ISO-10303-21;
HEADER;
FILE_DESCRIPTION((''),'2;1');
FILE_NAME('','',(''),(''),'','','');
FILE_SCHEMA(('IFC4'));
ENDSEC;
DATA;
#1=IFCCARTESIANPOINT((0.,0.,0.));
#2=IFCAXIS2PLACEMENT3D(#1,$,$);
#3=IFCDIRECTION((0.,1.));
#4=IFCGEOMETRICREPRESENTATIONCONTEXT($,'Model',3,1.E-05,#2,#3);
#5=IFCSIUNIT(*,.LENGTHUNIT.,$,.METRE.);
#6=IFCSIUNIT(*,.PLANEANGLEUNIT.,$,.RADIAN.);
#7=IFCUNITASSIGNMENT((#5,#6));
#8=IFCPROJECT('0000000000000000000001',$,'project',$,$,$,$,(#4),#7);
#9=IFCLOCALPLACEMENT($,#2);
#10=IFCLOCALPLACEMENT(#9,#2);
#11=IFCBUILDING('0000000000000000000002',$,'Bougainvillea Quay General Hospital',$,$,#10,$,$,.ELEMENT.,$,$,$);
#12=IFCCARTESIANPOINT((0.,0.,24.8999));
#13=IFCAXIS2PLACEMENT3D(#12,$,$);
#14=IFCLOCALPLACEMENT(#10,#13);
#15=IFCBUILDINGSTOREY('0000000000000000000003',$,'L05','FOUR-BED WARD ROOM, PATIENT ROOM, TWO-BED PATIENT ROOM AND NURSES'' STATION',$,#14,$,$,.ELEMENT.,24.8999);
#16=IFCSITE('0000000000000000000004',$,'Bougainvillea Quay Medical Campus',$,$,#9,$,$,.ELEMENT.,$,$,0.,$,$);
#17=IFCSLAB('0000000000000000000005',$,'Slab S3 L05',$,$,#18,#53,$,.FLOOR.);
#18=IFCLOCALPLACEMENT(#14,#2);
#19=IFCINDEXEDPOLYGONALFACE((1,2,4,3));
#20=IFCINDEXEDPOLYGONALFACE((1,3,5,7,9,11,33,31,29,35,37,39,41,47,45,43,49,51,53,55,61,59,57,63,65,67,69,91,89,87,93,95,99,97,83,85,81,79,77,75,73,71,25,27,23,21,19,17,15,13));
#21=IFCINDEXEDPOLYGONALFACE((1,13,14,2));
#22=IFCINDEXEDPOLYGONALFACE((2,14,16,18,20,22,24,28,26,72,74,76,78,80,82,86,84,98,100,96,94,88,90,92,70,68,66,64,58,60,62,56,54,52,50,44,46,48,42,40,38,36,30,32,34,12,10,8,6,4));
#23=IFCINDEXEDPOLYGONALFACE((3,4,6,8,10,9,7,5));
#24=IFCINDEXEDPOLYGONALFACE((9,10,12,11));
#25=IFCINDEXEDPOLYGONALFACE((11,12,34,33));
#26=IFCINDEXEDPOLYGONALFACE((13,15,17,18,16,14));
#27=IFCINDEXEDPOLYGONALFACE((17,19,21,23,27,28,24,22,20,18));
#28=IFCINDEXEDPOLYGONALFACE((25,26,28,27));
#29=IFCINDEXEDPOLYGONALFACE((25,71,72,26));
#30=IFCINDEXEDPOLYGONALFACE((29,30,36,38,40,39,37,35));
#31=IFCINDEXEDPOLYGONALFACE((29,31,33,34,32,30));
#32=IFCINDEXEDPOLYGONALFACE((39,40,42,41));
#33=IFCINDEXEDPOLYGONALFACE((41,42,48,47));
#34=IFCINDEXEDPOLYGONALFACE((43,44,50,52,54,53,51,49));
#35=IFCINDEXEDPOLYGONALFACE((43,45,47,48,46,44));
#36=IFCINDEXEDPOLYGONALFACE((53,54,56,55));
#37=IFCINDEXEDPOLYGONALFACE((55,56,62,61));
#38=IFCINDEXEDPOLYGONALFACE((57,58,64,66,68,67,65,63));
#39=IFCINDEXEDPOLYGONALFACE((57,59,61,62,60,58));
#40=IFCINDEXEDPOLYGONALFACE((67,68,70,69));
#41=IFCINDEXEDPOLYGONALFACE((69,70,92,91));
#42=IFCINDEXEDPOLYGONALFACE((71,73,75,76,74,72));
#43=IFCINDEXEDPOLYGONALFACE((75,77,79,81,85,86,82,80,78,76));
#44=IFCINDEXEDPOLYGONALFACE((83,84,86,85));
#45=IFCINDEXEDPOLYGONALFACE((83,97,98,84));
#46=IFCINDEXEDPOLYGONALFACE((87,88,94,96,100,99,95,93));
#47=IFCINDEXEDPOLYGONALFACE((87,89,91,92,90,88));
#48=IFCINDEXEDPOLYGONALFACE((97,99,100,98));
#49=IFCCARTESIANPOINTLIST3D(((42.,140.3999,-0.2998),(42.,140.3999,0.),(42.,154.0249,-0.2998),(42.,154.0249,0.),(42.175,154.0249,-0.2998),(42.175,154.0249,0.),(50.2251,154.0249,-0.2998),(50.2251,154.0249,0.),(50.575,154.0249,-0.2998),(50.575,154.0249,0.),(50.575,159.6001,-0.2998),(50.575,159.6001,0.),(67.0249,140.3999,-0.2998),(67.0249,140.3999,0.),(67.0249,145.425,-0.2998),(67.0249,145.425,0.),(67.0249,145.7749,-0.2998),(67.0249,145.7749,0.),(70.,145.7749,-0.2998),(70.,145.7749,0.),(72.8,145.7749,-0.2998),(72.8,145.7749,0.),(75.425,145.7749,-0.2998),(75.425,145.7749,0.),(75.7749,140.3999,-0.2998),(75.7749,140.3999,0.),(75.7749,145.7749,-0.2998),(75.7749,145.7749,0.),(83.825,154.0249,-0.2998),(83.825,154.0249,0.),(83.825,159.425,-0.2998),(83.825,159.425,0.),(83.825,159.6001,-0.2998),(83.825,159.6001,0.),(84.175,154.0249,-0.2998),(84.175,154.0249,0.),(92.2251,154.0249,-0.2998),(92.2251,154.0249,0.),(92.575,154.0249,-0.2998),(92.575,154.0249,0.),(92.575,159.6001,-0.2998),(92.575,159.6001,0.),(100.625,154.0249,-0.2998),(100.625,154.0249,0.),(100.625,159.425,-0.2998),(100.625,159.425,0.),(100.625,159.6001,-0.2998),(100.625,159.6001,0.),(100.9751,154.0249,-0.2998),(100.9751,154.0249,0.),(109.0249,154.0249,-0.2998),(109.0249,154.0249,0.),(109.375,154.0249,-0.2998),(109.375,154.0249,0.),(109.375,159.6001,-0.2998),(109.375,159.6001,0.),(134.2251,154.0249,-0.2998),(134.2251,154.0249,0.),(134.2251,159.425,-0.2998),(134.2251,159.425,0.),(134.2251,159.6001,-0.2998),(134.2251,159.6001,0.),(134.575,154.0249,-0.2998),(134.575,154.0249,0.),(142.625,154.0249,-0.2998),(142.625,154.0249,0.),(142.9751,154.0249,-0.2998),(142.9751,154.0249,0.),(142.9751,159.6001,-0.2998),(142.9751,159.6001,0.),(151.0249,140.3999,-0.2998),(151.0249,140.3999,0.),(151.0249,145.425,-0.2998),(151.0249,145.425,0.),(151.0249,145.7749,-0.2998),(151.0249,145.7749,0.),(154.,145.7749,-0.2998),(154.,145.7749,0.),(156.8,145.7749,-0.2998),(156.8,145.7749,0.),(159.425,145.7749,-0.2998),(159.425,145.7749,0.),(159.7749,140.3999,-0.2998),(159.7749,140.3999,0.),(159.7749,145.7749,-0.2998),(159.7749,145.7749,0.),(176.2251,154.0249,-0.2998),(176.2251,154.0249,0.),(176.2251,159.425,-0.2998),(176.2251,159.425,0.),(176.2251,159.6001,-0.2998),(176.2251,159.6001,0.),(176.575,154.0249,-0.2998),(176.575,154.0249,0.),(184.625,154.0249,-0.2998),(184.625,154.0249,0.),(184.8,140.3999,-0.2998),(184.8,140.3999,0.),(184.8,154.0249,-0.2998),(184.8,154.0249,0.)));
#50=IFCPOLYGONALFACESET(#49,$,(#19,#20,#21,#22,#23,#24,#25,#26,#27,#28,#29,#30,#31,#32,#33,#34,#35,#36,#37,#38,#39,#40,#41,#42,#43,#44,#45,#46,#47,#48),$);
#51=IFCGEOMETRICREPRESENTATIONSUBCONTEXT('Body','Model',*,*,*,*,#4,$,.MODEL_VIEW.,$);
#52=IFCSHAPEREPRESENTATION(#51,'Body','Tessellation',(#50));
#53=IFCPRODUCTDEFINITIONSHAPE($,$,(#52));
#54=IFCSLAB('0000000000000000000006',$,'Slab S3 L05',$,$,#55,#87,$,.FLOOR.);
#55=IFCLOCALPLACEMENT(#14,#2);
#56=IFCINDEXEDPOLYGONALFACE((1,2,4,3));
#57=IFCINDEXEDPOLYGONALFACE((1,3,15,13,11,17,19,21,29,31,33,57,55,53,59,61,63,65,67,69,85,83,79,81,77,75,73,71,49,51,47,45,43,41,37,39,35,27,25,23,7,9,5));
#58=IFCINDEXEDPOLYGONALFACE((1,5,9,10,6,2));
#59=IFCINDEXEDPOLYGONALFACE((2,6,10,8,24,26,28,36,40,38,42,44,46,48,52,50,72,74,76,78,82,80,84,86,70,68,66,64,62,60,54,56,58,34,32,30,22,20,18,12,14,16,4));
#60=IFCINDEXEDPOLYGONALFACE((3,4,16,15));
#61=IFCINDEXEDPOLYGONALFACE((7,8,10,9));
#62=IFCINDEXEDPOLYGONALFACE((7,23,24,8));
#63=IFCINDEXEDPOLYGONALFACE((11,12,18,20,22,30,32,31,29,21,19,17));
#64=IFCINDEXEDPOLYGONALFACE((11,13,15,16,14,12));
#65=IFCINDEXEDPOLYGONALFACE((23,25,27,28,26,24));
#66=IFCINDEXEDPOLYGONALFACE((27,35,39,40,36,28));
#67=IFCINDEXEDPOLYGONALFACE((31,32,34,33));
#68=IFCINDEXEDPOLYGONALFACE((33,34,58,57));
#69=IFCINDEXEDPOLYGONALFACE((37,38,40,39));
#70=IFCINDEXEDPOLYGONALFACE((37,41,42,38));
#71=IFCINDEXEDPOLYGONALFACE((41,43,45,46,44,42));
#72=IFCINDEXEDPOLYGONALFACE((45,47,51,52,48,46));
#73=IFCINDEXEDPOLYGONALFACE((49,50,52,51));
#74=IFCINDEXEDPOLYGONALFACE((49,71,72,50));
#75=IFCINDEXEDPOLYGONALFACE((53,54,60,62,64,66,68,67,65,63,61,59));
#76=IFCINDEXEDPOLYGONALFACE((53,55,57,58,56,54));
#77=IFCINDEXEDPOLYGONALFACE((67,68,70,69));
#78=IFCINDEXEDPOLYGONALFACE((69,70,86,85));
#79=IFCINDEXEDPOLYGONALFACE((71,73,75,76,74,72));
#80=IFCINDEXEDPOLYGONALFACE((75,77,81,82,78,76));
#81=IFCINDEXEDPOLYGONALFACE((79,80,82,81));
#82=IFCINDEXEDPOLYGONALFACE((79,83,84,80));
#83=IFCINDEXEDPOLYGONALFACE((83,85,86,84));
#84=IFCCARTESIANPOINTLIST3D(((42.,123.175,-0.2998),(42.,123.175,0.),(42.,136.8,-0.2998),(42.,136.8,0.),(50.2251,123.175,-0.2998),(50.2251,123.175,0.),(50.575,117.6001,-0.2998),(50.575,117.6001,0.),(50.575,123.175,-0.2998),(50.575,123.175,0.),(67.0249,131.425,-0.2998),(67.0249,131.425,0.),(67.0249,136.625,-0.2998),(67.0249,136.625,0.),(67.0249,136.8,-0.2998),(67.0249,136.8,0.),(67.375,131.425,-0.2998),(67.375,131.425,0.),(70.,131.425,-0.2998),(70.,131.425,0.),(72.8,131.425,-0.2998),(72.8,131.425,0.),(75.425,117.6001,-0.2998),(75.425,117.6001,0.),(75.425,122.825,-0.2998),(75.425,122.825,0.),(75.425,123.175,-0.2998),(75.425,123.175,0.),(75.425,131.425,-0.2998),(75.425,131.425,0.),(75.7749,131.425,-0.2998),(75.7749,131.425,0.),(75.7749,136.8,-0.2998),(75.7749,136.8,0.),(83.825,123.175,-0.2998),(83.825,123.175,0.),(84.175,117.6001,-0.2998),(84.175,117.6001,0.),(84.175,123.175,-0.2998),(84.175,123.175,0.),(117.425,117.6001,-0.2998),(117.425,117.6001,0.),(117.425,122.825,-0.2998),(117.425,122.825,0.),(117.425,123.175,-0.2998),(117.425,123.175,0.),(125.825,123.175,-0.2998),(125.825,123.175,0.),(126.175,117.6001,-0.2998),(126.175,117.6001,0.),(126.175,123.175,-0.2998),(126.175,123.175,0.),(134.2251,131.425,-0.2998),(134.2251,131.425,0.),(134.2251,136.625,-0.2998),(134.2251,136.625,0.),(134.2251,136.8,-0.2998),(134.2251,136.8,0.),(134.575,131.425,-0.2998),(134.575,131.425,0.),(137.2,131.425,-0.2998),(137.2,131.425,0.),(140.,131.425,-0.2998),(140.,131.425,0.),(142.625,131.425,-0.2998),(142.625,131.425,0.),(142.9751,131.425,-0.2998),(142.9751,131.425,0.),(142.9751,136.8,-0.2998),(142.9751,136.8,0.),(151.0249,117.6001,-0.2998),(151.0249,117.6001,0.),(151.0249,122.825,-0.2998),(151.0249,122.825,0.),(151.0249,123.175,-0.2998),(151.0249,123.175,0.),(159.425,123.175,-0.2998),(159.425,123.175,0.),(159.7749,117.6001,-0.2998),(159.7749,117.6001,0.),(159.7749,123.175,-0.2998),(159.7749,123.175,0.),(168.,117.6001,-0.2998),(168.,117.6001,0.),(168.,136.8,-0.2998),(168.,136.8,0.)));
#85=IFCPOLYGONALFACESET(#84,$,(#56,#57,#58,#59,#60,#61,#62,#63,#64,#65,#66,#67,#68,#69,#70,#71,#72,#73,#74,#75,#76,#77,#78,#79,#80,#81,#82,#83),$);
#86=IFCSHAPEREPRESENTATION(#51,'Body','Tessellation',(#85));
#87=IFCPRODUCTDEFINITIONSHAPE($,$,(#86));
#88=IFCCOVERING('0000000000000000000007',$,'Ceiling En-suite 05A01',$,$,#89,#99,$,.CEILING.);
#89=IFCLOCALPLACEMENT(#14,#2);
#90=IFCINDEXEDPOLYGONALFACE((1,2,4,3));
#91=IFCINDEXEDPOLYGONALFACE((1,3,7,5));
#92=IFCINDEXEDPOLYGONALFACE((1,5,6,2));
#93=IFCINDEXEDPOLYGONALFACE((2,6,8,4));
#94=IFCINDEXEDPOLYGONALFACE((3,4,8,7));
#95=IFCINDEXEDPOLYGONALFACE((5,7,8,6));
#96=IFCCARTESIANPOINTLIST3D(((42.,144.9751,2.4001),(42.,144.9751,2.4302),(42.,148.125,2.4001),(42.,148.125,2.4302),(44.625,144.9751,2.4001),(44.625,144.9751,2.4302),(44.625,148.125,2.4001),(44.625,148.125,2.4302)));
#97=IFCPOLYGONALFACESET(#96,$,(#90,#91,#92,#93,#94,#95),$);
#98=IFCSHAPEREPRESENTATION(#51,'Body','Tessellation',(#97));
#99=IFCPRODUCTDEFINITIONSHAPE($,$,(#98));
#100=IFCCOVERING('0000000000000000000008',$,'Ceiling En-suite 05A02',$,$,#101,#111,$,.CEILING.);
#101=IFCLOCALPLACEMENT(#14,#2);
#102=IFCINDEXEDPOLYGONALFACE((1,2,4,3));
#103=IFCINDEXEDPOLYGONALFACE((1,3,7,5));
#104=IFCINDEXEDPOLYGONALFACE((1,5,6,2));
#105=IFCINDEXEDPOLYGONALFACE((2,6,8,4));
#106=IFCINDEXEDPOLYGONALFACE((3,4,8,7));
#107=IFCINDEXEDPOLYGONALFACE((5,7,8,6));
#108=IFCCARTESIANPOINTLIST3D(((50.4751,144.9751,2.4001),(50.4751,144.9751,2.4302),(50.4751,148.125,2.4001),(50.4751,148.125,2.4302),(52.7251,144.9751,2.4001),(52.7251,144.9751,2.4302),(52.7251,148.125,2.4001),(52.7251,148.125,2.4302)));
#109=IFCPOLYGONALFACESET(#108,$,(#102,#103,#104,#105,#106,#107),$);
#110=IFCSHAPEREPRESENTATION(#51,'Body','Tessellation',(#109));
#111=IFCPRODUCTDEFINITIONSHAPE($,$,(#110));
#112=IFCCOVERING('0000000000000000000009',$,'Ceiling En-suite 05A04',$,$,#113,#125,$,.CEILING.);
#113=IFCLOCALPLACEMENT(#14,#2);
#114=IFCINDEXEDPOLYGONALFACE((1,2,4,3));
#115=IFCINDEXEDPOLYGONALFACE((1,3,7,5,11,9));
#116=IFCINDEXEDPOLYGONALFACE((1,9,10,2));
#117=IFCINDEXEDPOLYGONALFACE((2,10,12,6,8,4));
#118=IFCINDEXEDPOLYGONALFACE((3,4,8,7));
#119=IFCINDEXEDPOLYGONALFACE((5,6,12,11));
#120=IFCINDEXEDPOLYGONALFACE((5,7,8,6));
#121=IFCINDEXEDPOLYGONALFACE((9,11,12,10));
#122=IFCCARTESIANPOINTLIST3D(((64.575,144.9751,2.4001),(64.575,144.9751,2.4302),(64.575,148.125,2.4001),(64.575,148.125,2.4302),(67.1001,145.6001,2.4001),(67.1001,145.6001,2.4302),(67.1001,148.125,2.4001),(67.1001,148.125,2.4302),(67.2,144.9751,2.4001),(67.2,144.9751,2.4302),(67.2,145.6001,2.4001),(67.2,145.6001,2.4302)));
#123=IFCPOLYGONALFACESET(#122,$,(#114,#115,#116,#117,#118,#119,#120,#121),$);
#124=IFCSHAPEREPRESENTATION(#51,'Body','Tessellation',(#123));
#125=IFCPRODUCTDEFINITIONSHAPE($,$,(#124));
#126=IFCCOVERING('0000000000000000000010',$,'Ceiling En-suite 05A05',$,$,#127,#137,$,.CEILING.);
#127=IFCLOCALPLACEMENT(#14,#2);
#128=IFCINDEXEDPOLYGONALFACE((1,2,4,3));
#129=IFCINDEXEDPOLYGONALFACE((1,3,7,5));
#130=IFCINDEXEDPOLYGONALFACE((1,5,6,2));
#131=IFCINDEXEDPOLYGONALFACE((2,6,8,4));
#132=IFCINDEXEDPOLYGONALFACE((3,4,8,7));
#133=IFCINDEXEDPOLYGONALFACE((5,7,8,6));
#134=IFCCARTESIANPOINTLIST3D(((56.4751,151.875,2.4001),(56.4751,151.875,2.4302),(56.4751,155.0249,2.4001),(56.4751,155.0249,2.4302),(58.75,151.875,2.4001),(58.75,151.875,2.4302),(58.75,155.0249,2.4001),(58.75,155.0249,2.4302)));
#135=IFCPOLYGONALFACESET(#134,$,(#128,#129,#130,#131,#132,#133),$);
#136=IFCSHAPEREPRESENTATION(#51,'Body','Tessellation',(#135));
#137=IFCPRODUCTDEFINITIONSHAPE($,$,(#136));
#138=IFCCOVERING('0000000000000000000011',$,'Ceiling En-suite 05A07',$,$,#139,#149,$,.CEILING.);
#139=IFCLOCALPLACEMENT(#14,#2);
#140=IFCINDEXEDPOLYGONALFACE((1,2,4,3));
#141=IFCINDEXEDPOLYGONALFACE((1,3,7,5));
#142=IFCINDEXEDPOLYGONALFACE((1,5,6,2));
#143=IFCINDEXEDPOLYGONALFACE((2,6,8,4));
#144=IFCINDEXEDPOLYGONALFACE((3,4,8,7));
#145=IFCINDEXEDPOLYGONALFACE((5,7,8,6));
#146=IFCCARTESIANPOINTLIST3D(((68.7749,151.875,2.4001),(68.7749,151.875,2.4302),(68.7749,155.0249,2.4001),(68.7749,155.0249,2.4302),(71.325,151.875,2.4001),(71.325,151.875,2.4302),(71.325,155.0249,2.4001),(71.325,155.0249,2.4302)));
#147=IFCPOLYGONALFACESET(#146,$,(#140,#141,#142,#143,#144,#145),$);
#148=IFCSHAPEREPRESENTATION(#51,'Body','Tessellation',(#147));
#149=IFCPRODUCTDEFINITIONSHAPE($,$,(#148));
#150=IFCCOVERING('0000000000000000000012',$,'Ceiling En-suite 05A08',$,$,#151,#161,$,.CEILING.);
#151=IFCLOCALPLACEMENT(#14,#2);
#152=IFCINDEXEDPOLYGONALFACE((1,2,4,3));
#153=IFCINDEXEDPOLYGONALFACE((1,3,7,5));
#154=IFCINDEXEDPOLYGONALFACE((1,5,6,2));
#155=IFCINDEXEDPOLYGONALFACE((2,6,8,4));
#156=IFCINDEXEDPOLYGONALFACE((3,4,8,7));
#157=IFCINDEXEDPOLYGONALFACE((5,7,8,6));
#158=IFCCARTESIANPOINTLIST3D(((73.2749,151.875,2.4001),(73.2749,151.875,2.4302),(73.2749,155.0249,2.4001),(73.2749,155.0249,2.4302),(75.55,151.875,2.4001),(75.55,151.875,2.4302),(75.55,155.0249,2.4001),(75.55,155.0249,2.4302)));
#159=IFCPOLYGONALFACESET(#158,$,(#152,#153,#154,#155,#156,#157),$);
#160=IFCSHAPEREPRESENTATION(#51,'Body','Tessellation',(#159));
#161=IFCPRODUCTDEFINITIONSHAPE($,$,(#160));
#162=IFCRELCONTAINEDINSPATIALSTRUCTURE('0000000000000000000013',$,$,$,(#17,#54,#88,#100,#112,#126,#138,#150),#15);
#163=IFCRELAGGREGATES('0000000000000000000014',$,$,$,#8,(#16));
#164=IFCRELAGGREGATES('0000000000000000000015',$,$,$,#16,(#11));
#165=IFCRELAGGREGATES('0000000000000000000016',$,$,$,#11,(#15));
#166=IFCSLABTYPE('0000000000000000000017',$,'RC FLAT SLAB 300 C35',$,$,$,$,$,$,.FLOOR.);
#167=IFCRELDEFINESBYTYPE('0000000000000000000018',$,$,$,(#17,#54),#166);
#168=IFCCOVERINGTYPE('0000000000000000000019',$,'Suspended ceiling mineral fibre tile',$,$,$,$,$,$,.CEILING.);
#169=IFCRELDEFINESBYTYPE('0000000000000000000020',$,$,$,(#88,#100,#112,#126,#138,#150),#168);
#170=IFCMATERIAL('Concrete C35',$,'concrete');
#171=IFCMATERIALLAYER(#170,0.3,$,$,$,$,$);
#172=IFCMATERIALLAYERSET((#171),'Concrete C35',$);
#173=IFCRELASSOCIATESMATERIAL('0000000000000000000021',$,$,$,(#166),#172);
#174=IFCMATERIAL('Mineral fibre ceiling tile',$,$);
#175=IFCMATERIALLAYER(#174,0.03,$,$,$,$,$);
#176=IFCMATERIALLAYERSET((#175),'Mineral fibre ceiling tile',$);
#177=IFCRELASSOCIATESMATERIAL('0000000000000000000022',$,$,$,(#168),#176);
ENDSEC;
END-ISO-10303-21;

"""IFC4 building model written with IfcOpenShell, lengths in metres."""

from ifc_helpers import new_model, si_unit, direction, frame, origin, place, context, subcontext, project, spatial, polyline, outline, extrude, material, layer, layer_set, type_object, element, save


model = new_model("IFC4")

# Units and contexts
model_context = context("Model", 3, precision=1e-05, world=origin(), true_north=direction((0.0, 1.0)))
body_context = subcontext(model_context, "Body", "Model", "MODEL_VIEW")
ifc_project = project(units=[si_unit("LENGTHUNIT", "METRE"), si_unit("PLANEANGLEUNIT", "RADIAN")], contexts=[model_context])

# Site, building, storey
site_placement = place(None, origin())
site = spatial("IfcSite", under=ifc_project, at=site_placement, Name="Bougainvillea Quay Medical Campus", CompositionType="ELEMENT", RefElevation=0.0)
building_placement = place(site_placement, origin())
building = spatial("IfcBuilding", under=site, at=building_placement, Name="Bougainvillea Quay General Hospital", CompositionType="ELEMENT")
storey_placement = place(building_placement, frame((0.0, 0.0, 24.8999)))
storey = spatial("IfcBuildingStorey", under=building, at=storey_placement, Name="L05", Description="FOUR-BED WARD ROOM, PATIENT ROOM, TWO-BED PATIENT ROOM AND NURSES' STATION", CompositionType="ELEMENT", Elevation=24.8999)

# Slabs
ifc_material_1 = material(Name="Concrete C35", Category="concrete")
ifc_layer_1 = layer(ifc_material_1, 0.3)
ifc_layer_set_1 = layer_set([ifc_layer_1], Name="Concrete C35")
slab_type = type_object("IfcSlabType", Name="RC FLAT SLAB 300 C35", PredefinedType="FLOOR", material=ifc_layer_set_1)
slab_1_placement = place(storey_placement, frame((0.0, 0.0, -0.2998)))
element("IfcSlab", 1, at=slab_1_placement, inside=storey, type_object=slab_type, Name="Slab S3 L05", PredefinedType="FLOOR", context=body_context, shape_type="SweptSolid", body=[
    extrude(outline(polyline([(184.8, 140.3999), (184.8, 154.0249), (184.625, 154.0249), (176.575, 154.0249), (176.2251, 154.0249), (176.2251, 159.425), (176.2251, 159.6001), (142.9751, 159.6001), (142.9751, 154.0249), (142.625, 154.0249), (134.575, 154.0249), (134.2251, 154.0249), (134.2251, 159.425), (134.2251, 159.6001), (109.375, 159.6001), (109.375, 154.0249), (109.0249, 154.0249), (100.9751, 154.0249), (100.625, 154.0249), (100.625, 159.425), (100.625, 159.6001), (92.575, 159.6001), (92.575, 154.0249), (92.2251, 154.0249), (84.175, 154.0249), (83.825, 154.0249), (83.825, 159.425), (83.825, 159.6001), (50.575, 159.6001), (50.575, 154.0249), (50.2251, 154.0249), (42.175, 154.0249), (42.0, 154.0249), (42.0, 140.3999), (67.0249, 140.3999), (67.0249, 145.425), (67.0249, 145.7749), (70.0, 145.7749), (72.8, 145.7749), (75.425, 145.7749), (75.7749, 145.7749), (75.7749, 140.3999), (151.0249, 140.3999), (151.0249, 145.425), (151.0249, 145.7749), (154.0, 145.7749), (156.8, 145.7749), (159.425, 145.7749), (159.7749, 145.7749), (159.7749, 140.3999), (184.8, 140.3999)])), origin(), (0.0, 0.0, 1.0), 0.2998),
])
slab_2_placement = place(storey_placement, frame((0.0, 0.0, -0.2998)))
element("IfcSlab", 2, at=slab_2_placement, inside=storey, type_object=slab_type, Name="Slab S3 L05", PredefinedType="FLOOR", context=body_context, shape_type="SweptSolid", body=[
    extrude(outline(polyline([(67.0249, 136.8), (42.0, 136.8), (42.0, 123.175), (50.2251, 123.175), (50.575, 123.175), (50.575, 117.6001), (75.425, 117.6001), (75.425, 122.825), (75.425, 123.175), (83.825, 123.175), (84.175, 123.175), (84.175, 117.6001), (117.425, 117.6001), (117.425, 122.825), (117.425, 123.175), (125.825, 123.175), (126.175, 123.175), (126.175, 117.6001), (151.0249, 117.6001), (151.0249, 122.825), (151.0249, 123.175), (159.425, 123.175), (159.7749, 123.175), (159.7749, 117.6001), (168.0, 117.6001), (168.0, 136.8), (142.9751, 136.8), (142.9751, 131.425), (142.625, 131.425), (140.0, 131.425), (137.2, 131.425), (134.575, 131.425), (134.2251, 131.425), (134.2251, 136.625), (134.2251, 136.8), (75.7749, 136.8), (75.7749, 131.425), (75.425, 131.425), (72.8, 131.425), (70.0, 131.425), (67.375, 131.425), (67.0249, 131.425), (67.0249, 136.625), (67.0249, 136.8)])), origin(), (0.0, 0.0, 1.0), 0.2998),
])

# Coverings
ifc_material_2 = material(Name="Mineral fibre ceiling tile")
ifc_layer_2 = layer(ifc_material_2, 0.03)
ifc_layer_set_2 = layer_set([ifc_layer_2], Name="Mineral fibre ceiling tile")
covering_type = type_object("IfcCoveringType", Name="Suspended ceiling mineral fibre tile", PredefinedType="CEILING", material=ifc_layer_set_2)
covering_1_placement = place(storey_placement, frame((0.0, 0.0, 2.4001)))
element("IfcCovering", 3, at=covering_1_placement, inside=storey, type_object=covering_type, Name="Ceiling En-suite 05A01", PredefinedType="CEILING", context=body_context, shape_type="SweptSolid", body=[
    extrude(outline(polyline([(42.0, 144.9751), (44.625, 144.9751), (44.625, 148.125), (42.0, 148.125), (42.0, 144.9751)])), origin(), (0.0, 0.0, 1.0), 0.03),
])
covering_2_placement = place(storey_placement, frame((0.0, 0.0, 2.4001)))
element("IfcCovering", 4, at=covering_2_placement, inside=storey, type_object=covering_type, Name="Ceiling En-suite 05A02", PredefinedType="CEILING", context=body_context, shape_type="SweptSolid", body=[
    extrude(outline(polyline([(52.7251, 148.125), (50.4751, 148.125), (50.4751, 144.9751), (52.7251, 144.9751), (52.7251, 148.125)])), origin(), (0.0, 0.0, 1.0), 0.03),
])
covering_3_placement = place(storey_placement, frame((0.0, 0.0, 2.4001)))
element("IfcCovering", 5, at=covering_3_placement, inside=storey, type_object=covering_type, Name="Ceiling En-suite 05A04", PredefinedType="CEILING", context=body_context, shape_type="SweptSolid", body=[
    extrude(outline(polyline([(67.2, 145.6001), (67.1001, 145.6001), (67.1001, 148.125), (64.575, 148.125), (64.575, 144.9751), (67.2, 144.9751), (67.2, 145.6001)])), origin(), (0.0, 0.0, 1.0), 0.03),
])
covering_4_placement = place(storey_placement, frame((0.0, 0.0, 2.4001)))
element("IfcCovering", 6, at=covering_4_placement, inside=storey, type_object=covering_type, Name="Ceiling En-suite 05A05", PredefinedType="CEILING", context=body_context, shape_type="SweptSolid", body=[
    extrude(outline(polyline([(58.75, 151.875), (58.75, 155.0249), (56.4751, 155.0249), (56.4751, 151.875), (58.75, 151.875)])), origin(), (0.0, 0.0, 1.0), 0.03),
])
covering_5_placement = place(storey_placement, frame((0.0, 0.0, 2.4001)))
element("IfcCovering", 7, at=covering_5_placement, inside=storey, type_object=covering_type, Name="Ceiling En-suite 05A07", PredefinedType="CEILING", context=body_context, shape_type="SweptSolid", body=[
    extrude(outline(polyline([(68.7749, 155.0249), (68.7749, 151.875), (71.325, 151.875), (71.325, 155.0249), (68.7749, 155.0249)])), origin(), (0.0, 0.0, 1.0), 0.03),
])
covering_6_placement = place(storey_placement, frame((0.0, 0.0, 2.4001)))
element("IfcCovering", 8, at=covering_6_placement, inside=storey, type_object=covering_type, Name="Ceiling En-suite 05A08", PredefinedType="CEILING", context=body_context, shape_type="SweptSolid", body=[
    extrude(outline(polyline([(75.55, 155.0249), (73.2749, 155.0249), (73.2749, 151.875), (75.55, 151.875), (75.55, 155.0249)])), origin(), (0.0, 0.0, 1.0), 0.03),
])

save(model, "model.ifc")
